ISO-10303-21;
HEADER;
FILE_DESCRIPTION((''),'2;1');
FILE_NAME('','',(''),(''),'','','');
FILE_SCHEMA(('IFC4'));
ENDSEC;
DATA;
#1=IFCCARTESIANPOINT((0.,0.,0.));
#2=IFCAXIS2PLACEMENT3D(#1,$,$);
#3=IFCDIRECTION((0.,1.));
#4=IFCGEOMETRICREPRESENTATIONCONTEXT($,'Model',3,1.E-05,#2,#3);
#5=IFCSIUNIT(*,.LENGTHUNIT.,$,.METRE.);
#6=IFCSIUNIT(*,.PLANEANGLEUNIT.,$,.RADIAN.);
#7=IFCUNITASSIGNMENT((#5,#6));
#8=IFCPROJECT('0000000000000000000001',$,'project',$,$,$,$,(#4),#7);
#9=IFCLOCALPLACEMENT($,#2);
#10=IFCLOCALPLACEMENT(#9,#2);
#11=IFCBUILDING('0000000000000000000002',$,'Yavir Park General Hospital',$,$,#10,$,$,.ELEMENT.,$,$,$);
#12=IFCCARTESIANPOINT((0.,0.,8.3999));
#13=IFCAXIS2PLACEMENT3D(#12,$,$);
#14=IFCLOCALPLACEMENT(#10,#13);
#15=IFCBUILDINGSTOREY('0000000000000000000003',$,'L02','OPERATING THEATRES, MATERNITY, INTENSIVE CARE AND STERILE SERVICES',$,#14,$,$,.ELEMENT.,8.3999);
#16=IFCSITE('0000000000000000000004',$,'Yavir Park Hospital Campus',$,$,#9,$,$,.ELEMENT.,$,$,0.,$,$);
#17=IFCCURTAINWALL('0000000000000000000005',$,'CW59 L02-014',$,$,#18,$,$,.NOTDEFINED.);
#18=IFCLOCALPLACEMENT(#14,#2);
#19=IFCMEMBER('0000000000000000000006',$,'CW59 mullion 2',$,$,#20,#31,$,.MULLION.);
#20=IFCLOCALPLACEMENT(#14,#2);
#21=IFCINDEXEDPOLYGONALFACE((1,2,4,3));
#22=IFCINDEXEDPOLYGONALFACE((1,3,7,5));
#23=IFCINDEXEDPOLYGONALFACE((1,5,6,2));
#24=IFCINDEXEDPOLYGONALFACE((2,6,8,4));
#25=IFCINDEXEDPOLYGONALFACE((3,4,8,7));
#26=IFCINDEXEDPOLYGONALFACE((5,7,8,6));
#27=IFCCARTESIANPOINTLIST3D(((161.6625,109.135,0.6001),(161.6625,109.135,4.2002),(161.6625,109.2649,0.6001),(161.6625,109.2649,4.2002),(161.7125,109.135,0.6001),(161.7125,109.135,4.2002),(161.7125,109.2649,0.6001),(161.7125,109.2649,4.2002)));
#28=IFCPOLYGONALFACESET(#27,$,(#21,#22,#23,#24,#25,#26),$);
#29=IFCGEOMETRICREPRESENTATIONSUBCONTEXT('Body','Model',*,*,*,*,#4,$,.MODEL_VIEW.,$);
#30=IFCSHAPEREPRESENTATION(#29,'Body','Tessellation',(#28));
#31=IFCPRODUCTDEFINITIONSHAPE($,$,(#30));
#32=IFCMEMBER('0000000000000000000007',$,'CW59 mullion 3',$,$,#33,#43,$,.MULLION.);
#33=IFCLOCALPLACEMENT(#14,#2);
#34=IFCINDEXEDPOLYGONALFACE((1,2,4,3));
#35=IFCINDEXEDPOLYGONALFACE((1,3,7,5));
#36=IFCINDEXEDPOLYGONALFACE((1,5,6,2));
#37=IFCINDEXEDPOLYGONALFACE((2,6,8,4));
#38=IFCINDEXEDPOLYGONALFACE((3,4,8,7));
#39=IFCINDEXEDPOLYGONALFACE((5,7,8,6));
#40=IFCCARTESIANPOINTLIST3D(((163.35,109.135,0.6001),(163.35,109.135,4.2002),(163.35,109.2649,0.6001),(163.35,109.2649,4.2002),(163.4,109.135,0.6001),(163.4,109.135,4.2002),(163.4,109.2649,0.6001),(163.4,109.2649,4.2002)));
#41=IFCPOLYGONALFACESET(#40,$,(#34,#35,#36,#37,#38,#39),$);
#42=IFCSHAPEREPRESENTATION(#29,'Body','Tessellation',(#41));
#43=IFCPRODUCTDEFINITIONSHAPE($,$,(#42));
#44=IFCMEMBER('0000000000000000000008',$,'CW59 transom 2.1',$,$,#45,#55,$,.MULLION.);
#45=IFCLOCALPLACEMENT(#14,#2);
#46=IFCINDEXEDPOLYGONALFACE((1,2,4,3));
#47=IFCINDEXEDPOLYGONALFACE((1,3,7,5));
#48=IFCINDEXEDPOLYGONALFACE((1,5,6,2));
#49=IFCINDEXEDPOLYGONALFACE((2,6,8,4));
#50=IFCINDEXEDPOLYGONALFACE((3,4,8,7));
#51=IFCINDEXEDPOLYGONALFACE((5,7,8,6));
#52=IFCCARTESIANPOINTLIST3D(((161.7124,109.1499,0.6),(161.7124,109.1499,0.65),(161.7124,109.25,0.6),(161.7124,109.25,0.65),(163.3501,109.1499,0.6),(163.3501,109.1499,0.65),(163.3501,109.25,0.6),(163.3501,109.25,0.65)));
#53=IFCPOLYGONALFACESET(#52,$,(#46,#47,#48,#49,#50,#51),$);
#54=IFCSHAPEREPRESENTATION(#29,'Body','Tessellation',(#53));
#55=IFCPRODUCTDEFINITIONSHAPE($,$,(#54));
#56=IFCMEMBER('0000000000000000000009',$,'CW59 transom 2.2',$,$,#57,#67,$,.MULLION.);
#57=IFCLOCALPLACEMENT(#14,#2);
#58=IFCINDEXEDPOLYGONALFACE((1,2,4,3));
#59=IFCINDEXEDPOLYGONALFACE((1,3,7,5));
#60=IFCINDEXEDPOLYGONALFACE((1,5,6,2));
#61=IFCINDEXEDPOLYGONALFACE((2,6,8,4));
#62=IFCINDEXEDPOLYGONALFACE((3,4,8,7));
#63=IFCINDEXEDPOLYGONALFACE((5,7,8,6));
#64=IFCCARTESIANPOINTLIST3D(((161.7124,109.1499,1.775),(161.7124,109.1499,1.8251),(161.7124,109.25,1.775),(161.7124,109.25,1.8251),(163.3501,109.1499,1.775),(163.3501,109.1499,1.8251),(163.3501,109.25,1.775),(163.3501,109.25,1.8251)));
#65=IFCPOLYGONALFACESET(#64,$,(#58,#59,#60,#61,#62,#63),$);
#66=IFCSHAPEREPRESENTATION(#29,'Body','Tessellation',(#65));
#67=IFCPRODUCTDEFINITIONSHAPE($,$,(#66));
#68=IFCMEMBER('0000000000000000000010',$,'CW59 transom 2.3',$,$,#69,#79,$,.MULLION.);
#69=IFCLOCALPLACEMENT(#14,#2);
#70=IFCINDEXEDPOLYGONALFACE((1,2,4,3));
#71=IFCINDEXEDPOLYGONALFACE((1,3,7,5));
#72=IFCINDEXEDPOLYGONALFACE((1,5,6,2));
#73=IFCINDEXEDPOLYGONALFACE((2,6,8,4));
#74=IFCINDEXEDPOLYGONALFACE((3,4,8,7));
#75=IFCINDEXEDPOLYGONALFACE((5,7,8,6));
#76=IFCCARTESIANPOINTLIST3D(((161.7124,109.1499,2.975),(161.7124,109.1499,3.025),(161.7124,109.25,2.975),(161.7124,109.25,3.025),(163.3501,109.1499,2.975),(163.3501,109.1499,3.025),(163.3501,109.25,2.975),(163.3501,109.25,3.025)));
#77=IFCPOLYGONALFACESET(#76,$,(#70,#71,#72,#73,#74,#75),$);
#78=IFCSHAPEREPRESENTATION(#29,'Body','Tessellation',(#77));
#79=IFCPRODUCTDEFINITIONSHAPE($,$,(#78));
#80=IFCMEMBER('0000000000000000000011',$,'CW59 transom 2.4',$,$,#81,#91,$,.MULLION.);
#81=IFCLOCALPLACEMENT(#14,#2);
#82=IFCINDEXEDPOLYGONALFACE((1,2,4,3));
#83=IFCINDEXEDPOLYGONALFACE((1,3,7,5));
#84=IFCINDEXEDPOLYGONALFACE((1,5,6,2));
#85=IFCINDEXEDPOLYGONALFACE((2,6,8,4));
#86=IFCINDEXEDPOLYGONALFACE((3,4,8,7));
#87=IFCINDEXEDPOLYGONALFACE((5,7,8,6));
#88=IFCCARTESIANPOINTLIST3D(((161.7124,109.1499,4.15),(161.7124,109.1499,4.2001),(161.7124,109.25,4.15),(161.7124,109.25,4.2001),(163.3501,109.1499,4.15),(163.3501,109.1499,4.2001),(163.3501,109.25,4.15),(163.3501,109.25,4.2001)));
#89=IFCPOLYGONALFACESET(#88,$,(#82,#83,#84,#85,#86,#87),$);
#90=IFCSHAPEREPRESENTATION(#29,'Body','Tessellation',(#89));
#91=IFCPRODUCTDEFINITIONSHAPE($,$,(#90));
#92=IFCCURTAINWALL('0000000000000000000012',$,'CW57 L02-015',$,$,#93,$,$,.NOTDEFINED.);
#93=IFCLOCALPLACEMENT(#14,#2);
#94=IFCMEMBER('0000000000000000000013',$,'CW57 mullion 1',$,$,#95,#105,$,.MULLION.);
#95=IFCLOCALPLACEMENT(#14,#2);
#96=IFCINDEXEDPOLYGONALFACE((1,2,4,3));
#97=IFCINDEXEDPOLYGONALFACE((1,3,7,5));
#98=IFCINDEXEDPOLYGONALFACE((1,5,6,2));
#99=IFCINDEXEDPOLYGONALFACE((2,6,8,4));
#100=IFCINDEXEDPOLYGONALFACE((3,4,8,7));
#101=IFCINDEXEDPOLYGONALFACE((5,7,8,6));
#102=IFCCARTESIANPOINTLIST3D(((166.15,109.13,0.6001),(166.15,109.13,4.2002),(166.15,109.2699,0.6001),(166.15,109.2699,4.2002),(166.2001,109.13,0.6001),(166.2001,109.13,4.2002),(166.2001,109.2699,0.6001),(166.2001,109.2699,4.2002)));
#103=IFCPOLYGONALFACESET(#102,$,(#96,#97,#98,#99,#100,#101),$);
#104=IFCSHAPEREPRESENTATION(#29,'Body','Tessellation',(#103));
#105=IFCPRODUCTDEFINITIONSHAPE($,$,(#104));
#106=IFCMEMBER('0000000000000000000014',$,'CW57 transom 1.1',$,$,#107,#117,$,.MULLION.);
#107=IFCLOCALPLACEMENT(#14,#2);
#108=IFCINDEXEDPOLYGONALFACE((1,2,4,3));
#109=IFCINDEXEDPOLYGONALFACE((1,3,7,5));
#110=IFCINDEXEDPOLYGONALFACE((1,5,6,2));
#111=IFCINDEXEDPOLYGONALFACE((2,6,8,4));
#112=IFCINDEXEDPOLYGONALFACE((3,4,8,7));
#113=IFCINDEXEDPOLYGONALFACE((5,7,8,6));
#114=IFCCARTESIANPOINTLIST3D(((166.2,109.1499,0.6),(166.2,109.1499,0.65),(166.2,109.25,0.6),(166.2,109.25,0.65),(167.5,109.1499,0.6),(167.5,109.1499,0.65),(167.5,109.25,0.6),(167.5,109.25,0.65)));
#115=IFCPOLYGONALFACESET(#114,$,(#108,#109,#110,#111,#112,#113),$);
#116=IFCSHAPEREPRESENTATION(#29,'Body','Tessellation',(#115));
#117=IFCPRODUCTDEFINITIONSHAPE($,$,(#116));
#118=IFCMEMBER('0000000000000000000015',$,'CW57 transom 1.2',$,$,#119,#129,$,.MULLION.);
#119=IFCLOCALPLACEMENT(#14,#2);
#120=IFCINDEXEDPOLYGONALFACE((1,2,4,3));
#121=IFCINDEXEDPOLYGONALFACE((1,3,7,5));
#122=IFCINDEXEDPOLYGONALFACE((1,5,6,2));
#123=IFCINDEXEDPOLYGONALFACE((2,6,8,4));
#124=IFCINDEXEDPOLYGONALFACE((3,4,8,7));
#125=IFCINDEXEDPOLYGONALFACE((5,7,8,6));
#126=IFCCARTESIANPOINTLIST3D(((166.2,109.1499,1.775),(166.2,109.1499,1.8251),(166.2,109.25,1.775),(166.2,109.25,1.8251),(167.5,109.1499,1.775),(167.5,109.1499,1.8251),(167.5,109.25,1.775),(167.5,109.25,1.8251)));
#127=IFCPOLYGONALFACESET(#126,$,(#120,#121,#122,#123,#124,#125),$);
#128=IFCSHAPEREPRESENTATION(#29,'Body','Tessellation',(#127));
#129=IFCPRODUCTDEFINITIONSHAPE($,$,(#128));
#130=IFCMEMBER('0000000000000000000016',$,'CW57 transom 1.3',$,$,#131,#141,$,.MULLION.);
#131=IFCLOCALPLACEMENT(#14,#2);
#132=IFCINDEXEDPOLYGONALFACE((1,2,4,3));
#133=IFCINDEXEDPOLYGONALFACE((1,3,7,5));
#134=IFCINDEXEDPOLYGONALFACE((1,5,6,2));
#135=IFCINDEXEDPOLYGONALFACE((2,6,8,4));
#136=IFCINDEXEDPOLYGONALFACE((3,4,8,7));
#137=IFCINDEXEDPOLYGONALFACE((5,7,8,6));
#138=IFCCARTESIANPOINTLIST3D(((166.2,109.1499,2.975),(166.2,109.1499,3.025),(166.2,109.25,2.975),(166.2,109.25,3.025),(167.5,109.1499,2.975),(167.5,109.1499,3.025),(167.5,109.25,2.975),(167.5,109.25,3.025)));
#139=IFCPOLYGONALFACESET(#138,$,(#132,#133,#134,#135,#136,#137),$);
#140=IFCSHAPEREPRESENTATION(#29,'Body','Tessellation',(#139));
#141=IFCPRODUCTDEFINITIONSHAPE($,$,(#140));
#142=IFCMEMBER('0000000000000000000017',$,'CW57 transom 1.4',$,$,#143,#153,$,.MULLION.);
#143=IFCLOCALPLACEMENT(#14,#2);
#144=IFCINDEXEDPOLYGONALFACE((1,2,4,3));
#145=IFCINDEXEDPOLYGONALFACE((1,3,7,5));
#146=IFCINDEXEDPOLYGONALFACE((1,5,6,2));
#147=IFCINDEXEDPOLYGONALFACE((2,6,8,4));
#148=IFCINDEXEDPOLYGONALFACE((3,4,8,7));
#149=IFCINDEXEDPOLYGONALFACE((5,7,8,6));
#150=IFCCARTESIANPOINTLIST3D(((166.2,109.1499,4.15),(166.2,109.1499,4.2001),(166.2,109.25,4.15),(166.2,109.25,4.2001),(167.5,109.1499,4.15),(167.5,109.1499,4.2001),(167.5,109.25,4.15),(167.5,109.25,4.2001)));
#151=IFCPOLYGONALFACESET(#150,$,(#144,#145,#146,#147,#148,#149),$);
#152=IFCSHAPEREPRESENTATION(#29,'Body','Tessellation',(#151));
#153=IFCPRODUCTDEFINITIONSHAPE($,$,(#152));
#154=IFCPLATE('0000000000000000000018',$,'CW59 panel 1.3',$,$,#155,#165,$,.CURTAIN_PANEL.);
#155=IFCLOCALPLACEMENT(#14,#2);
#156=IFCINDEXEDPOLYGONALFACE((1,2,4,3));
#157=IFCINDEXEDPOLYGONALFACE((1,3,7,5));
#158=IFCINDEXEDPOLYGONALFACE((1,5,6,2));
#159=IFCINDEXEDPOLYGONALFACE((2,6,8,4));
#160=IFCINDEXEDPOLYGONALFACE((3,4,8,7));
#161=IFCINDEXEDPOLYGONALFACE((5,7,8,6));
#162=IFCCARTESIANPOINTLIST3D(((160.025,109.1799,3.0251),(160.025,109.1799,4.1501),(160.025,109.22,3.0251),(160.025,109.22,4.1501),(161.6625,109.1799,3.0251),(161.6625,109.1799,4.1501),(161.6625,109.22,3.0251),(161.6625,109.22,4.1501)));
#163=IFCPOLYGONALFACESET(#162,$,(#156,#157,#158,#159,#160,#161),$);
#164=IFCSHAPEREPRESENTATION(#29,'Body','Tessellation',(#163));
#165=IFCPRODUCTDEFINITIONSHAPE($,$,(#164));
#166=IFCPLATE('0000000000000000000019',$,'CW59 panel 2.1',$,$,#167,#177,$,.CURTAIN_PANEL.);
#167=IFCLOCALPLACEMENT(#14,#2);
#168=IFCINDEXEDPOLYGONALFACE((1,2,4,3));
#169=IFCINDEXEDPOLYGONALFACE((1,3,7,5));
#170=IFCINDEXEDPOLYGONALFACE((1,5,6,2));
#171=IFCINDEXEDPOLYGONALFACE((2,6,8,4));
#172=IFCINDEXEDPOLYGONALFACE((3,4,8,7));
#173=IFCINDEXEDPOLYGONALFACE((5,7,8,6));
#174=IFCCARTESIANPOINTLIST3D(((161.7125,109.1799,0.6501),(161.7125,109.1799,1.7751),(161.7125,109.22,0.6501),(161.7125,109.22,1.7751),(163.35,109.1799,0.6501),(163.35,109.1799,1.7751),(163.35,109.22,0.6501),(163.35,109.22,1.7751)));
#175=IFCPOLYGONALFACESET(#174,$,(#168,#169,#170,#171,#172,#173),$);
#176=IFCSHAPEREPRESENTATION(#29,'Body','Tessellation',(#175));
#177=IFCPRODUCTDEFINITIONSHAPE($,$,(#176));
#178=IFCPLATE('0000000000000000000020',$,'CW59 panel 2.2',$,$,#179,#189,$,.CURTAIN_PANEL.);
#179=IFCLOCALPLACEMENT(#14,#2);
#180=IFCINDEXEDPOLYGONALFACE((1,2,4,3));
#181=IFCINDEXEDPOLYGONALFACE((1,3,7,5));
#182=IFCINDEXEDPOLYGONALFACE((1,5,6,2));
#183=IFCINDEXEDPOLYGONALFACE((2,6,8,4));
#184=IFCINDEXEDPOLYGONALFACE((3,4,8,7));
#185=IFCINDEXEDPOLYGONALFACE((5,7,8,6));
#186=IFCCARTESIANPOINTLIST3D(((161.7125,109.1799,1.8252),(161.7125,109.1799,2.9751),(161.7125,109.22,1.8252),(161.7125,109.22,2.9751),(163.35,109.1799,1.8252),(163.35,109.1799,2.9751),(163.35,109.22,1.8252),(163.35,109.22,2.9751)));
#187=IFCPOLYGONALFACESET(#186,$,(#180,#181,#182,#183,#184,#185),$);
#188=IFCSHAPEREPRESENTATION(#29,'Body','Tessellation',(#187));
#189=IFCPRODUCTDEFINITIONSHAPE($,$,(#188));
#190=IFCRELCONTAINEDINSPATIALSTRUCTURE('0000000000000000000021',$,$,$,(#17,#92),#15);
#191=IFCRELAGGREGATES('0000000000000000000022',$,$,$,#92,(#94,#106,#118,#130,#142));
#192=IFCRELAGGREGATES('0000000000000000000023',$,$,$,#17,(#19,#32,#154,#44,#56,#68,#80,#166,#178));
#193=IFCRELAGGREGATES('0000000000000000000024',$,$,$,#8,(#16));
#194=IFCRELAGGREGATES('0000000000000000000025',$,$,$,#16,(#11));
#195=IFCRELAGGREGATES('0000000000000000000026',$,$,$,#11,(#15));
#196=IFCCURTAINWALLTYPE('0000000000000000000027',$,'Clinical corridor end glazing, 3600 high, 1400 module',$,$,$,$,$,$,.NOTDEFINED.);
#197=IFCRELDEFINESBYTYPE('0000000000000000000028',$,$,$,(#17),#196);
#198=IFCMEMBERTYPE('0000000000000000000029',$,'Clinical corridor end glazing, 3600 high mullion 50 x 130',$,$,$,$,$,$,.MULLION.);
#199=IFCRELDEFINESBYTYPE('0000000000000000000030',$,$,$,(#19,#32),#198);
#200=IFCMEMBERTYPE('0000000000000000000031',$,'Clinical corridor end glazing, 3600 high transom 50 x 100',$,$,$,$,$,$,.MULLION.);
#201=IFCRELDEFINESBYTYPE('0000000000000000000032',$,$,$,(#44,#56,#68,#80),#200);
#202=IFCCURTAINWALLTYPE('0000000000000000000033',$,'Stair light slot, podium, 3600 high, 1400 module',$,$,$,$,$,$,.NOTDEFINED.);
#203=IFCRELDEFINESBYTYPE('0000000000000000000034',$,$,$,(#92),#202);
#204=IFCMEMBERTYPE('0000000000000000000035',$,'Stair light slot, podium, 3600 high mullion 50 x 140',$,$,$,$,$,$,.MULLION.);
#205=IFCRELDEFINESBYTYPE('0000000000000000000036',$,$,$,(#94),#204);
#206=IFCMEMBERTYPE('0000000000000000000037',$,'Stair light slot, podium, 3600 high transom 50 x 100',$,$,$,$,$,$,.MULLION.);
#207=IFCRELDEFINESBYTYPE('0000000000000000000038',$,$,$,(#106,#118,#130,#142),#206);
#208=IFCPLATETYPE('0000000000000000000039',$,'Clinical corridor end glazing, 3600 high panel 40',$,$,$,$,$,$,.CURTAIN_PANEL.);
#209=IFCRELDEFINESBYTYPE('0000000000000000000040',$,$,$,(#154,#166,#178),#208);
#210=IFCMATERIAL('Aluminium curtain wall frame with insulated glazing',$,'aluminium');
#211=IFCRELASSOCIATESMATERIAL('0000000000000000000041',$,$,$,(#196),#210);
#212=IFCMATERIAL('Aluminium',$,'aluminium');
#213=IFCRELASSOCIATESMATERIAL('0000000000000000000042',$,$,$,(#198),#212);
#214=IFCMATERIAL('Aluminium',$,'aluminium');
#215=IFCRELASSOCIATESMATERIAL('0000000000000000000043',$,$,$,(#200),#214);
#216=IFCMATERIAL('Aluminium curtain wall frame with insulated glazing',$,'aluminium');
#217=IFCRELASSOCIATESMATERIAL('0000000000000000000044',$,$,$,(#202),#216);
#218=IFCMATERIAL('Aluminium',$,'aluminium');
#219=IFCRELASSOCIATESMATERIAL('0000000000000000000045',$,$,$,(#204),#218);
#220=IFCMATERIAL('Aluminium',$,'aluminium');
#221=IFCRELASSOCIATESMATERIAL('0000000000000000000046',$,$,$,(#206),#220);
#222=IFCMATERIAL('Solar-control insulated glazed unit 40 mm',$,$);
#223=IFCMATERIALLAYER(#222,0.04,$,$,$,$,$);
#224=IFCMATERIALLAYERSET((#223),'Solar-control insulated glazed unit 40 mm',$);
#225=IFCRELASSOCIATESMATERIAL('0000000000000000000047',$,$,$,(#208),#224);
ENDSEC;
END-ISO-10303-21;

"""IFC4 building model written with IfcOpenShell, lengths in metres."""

from ifc_helpers import new_model, si_unit, direction, frame, origin, origin_2d, place, context, subcontext, project, spatial, rectangle, extrude, material, layer, layer_set, material_profile, profile_set, type_object, element, aggregate, save


model = new_model("IFC4")

# Units and contexts
model_context = context("Model", 3, precision=1e-05, world=origin(), true_north=direction((0.0, 1.0)))
body_context = subcontext(model_context, "Body", "Model", "MODEL_VIEW")
ifc_project = project(units=[si_unit("LENGTHUNIT", "METRE"), si_unit("PLANEANGLEUNIT", "RADIAN")], contexts=[model_context])

# Site, building, storey
site_placement = place(None, origin())
site = spatial("IfcSite", under=ifc_project, at=site_placement, Name="Yavir Park Hospital Campus", CompositionType="ELEMENT", RefElevation=0.0)
building_placement = place(site_placement, origin())
building = spatial("IfcBuilding", under=site, at=building_placement, Name="Yavir Park General Hospital", CompositionType="ELEMENT")
storey_placement = place(building_placement, frame((0.0, 0.0, 8.3999)))
storey = spatial("IfcBuildingStorey", under=building, at=storey_placement, Name="L02", Description="OPERATING THEATRES, MATERNITY, INTENSIVE CARE AND STERILE SERVICES", CompositionType="ELEMENT", Elevation=8.3999)

# Curtain walls, members
ifc_material_1 = material(Name="Aluminium curtain wall frame with insulated glazing", Category="aluminium")
curtain_wall_type_1 = type_object("IfcCurtainWallType", Name="Clinical corridor end glazing, 3600 high, 1400 module", PredefinedType="NOTDEFINED", material=ifc_material_1)
curtain_wall_1_placement = place(storey_placement, origin())
curtain_wall_1 = element("IfcCurtainWall", 1, at=curtain_wall_1_placement, inside=storey, type_object=curtain_wall_type_1, Name="CW59 L02-014", PredefinedType="NOTDEFINED")
ifc_material_2 = material(Name="Aluminium", Category="aluminium")
ifc_material_profile_1 = material_profile(ifc_material_2, rectangle(XDim=0.1299, YDim=0.05, at=origin_2d()), Name="AL 50x130")
ifc_profile_set_1 = profile_set([ifc_material_profile_1], Name="Aluminium")
member_type_1 = type_object("IfcMemberType", Name="Clinical corridor end glazing, 3600 high mullion 50 x 130", PredefinedType="MULLION", material=ifc_profile_set_1)
member_1_placement = place(storey_placement, frame((161.6875, 109.2, 0.6001), z_axis=(0.0, 0.0, 1.0), x_axis=(0.0, 1.0, 0.0)))
member_1 = element("IfcMember", 2, at=member_1_placement, type_object=member_type_1, Name="CW59 mullion 2", PredefinedType="MULLION", context=body_context, shape_type="SweptSolid", body=[
    extrude(rectangle(XDim=0.1299, YDim=0.05, at=origin_2d()), origin(), (0.0, 0.0, 1.0), 3.6001),
])
member_2_placement = place(storey_placement, frame((163.375, 109.2, 0.6001), z_axis=(0.0, 0.0, 1.0), x_axis=(0.0, 1.0, 0.0)))
member_2 = element("IfcMember", 3, at=member_2_placement, type_object=member_type_1, Name="CW59 mullion 3", PredefinedType="MULLION", context=body_context, shape_type="SweptSolid", body=[
    extrude(rectangle(XDim=0.1299, YDim=0.05, at=origin_2d()), origin(), (0.0, 0.0, 1.0), 3.6001),
])
ifc_material_3 = material(Name="Aluminium", Category="aluminium")
ifc_material_profile_2 = material_profile(ifc_material_3, rectangle(XDim=0.1001, YDim=0.05, at=origin_2d()), Name="AL 100x50")
ifc_profile_set_2 = profile_set([ifc_material_profile_2], Name="Aluminium")
member_type_2 = type_object("IfcMemberType", Name="Clinical corridor end glazing, 3600 high transom 50 x 100", PredefinedType="MULLION", material=ifc_profile_set_2)
member_3_placement = place(storey_placement, frame((161.7124, 109.2, 0.625), z_axis=(1.0, 0.0, 0.0), x_axis=(0.0, 1.0, 0.0)))
member_3 = element("IfcMember", 4, at=member_3_placement, type_object=member_type_2, Name="CW59 transom 2.1", PredefinedType="MULLION", context=body_context, shape_type="SweptSolid", body=[
    extrude(rectangle(XDim=0.1001, YDim=0.05, at=origin_2d()), origin(), (0.0, 0.0, 1.0), 1.6377),
])
member_4_placement = place(storey_placement, frame((161.7124, 109.2, 1.8), z_axis=(1.0, 0.0, 0.0), x_axis=(0.0, 1.0, 0.0)))
member_4 = element("IfcMember", 5, at=member_4_placement, type_object=member_type_2, Name="CW59 transom 2.2", PredefinedType="MULLION", context=body_context, shape_type="SweptSolid", body=[
    extrude(rectangle(XDim=0.1001, YDim=0.05, at=origin_2d()), origin(), (0.0, 0.0, 1.0), 1.6377),
])
member_5_placement = place(storey_placement, frame((161.7124, 109.2, 3.0), z_axis=(1.0, 0.0, 0.0), x_axis=(0.0, 1.0, 0.0)))
member_5 = element("IfcMember", 6, at=member_5_placement, type_object=member_type_2, Name="CW59 transom 2.3", PredefinedType="MULLION", context=body_context, shape_type="SweptSolid", body=[
    extrude(rectangle(XDim=0.1001, YDim=0.05, at=origin_2d()), origin(), (0.0, 0.0, 1.0), 1.6377),
])
member_6_placement = place(storey_placement, frame((161.7124, 109.2, 4.175), z_axis=(1.0, 0.0, 0.0), x_axis=(0.0, 1.0, 0.0)))
member_6 = element("IfcMember", 7, at=member_6_placement, type_object=member_type_2, Name="CW59 transom 2.4", PredefinedType="MULLION", context=body_context, shape_type="SweptSolid", body=[
    extrude(rectangle(XDim=0.1001, YDim=0.05, at=origin_2d()), origin(), (0.0, 0.0, 1.0), 1.6377),
])
ifc_material_4 = material(Name="Aluminium curtain wall frame with insulated glazing", Category="aluminium")
curtain_wall_type_2 = type_object("IfcCurtainWallType", Name="Stair light slot, podium, 3600 high, 1400 module", PredefinedType="NOTDEFINED", material=ifc_material_4)
curtain_wall_2_placement = place(storey_placement, origin())
curtain_wall_2 = element("IfcCurtainWall", 8, at=curtain_wall_2_placement, inside=storey, type_object=curtain_wall_type_2, Name="CW57 L02-015", PredefinedType="NOTDEFINED")
ifc_material_5 = material(Name="Aluminium", Category="aluminium")
ifc_material_profile_3 = material_profile(ifc_material_5, rectangle(XDim=0.1399, YDim=0.05, at=origin_2d()), Name="AL 50x140")
ifc_profile_set_3 = profile_set([ifc_material_profile_3], Name="Aluminium")
member_type_3 = type_object("IfcMemberType", Name="Stair light slot, podium, 3600 high mullion 50 x 140", PredefinedType="MULLION", material=ifc_profile_set_3)
member_7_placement = place(storey_placement, frame((166.175, 109.2, 0.6001), z_axis=(0.0, 0.0, 1.0), x_axis=(0.0, 1.0, 0.0)))
member_7 = element("IfcMember", 9, at=member_7_placement, type_object=member_type_3, Name="CW57 mullion 1", PredefinedType="MULLION", context=body_context, shape_type="SweptSolid", body=[
    extrude(rectangle(XDim=0.1399, YDim=0.05, at=origin_2d()), origin(), (0.0, 0.0, 1.0), 3.6001),
])
ifc_material_6 = material(Name="Aluminium", Category="aluminium")
ifc_material_profile_4 = material_profile(ifc_material_6, rectangle(XDim=0.1001, YDim=0.05, at=origin_2d()), Name="AL 100x50")
ifc_profile_set_4 = profile_set([ifc_material_profile_4], Name="Aluminium")
member_type_4 = type_object("IfcMemberType", Name="Stair light slot, podium, 3600 high transom 50 x 100", PredefinedType="MULLION", material=ifc_profile_set_4)
member_8_placement = place(storey_placement, frame((166.2, 109.2, 0.625), z_axis=(1.0, 0.0, 0.0), x_axis=(0.0, 1.0, 0.0)))
member_8 = element("IfcMember", 10, at=member_8_placement, type_object=member_type_4, Name="CW57 transom 1.1", PredefinedType="MULLION", context=body_context, shape_type="SweptSolid", body=[
    extrude(rectangle(XDim=0.1001, YDim=0.05, at=origin_2d()), origin(), (0.0, 0.0, 1.0), 1.3),
])
member_9_placement = place(storey_placement, frame((166.2, 109.2, 1.8), z_axis=(1.0, 0.0, 0.0), x_axis=(0.0, 1.0, 0.0)))
member_9 = element("IfcMember", 11, at=member_9_placement, type_object=member_type_4, Name="CW57 transom 1.2", PredefinedType="MULLION", context=body_context, shape_type="SweptSolid", body=[
    extrude(rectangle(XDim=0.1001, YDim=0.05, at=origin_2d()), origin(), (0.0, 0.0, 1.0), 1.3),
])
member_10_placement = place(storey_placement, frame((166.2, 109.2, 3.0), z_axis=(1.0, 0.0, 0.0), x_axis=(0.0, 1.0, 0.0)))
member_10 = element("IfcMember", 12, at=member_10_placement, type_object=member_type_4, Name="CW57 transom 1.3", PredefinedType="MULLION", context=body_context, shape_type="SweptSolid", body=[
    extrude(rectangle(XDim=0.1001, YDim=0.05, at=origin_2d()), origin(), (0.0, 0.0, 1.0), 1.3),
])
member_11_placement = place(storey_placement, frame((166.2, 109.2, 4.175), z_axis=(1.0, 0.0, 0.0), x_axis=(0.0, 1.0, 0.0)))
member_11 = element("IfcMember", 13, at=member_11_placement, type_object=member_type_4, Name="CW57 transom 1.4", PredefinedType="MULLION", context=body_context, shape_type="SweptSolid", body=[
    extrude(rectangle(XDim=0.1001, YDim=0.05, at=origin_2d()), origin(), (0.0, 0.0, 1.0), 1.3),
])
aggregate(curtain_wall_2, [member_7, member_8, member_9, member_10, member_11])

# Plates
ifc_material_7 = material(Name="Solar-control insulated glazed unit 40 mm")
ifc_layer_1 = layer(ifc_material_7, 0.04)
ifc_layer_set_1 = layer_set([ifc_layer_1], Name="Solar-control insulated glazed unit 40 mm")
plate_type = type_object("IfcPlateType", Name="Clinical corridor end glazing, 3600 high panel 40", PredefinedType="CURTAIN_PANEL", material=ifc_layer_set_1)
plate_1_placement = place(storey_placement, frame((160.8438, 109.2, 3.0251), z_axis=(0.0, 0.0, 1.0), x_axis=(1.0, 0.0, 0.0)))
plate_1 = element("IfcPlate", 14, at=plate_1_placement, type_object=plate_type, Name="CW59 panel 1.3", PredefinedType="CURTAIN_PANEL", context=body_context, shape_type="SweptSolid", body=[
    extrude(rectangle(XDim=1.6375, YDim=0.04, at=origin_2d()), origin(), (0.0, 0.0, 1.0), 1.125),
])
plate_2_placement = place(storey_placement, frame((162.5312, 109.2, 0.6501), z_axis=(0.0, 0.0, 1.0), x_axis=(1.0, 0.0, 0.0)))
plate_2 = element("IfcPlate", 15, at=plate_2_placement, type_object=plate_type, Name="CW59 panel 2.1", PredefinedType="CURTAIN_PANEL", context=body_context, shape_type="SweptSolid", body=[
    extrude(rectangle(XDim=1.6375, YDim=0.04, at=origin_2d()), origin(), (0.0, 0.0, 1.0), 1.125),
])
plate_3_placement = place(storey_placement, frame((162.5312, 109.2, 1.8252), z_axis=(0.0, 0.0, 1.0), x_axis=(1.0, 0.0, 0.0)))
plate_3 = element("IfcPlate", 16, at=plate_3_placement, type_object=plate_type, Name="CW59 panel 2.2", PredefinedType="CURTAIN_PANEL", context=body_context, shape_type="SweptSolid", body=[
    extrude(rectangle(XDim=1.6375, YDim=0.04, at=origin_2d()), origin(), (0.0, 0.0, 1.0), 1.1499),
])
aggregate(curtain_wall_1, [member_1, member_2, plate_1, member_3, member_4, member_5, member_6, plate_2, plate_3])

save(model, "model.ifc")
